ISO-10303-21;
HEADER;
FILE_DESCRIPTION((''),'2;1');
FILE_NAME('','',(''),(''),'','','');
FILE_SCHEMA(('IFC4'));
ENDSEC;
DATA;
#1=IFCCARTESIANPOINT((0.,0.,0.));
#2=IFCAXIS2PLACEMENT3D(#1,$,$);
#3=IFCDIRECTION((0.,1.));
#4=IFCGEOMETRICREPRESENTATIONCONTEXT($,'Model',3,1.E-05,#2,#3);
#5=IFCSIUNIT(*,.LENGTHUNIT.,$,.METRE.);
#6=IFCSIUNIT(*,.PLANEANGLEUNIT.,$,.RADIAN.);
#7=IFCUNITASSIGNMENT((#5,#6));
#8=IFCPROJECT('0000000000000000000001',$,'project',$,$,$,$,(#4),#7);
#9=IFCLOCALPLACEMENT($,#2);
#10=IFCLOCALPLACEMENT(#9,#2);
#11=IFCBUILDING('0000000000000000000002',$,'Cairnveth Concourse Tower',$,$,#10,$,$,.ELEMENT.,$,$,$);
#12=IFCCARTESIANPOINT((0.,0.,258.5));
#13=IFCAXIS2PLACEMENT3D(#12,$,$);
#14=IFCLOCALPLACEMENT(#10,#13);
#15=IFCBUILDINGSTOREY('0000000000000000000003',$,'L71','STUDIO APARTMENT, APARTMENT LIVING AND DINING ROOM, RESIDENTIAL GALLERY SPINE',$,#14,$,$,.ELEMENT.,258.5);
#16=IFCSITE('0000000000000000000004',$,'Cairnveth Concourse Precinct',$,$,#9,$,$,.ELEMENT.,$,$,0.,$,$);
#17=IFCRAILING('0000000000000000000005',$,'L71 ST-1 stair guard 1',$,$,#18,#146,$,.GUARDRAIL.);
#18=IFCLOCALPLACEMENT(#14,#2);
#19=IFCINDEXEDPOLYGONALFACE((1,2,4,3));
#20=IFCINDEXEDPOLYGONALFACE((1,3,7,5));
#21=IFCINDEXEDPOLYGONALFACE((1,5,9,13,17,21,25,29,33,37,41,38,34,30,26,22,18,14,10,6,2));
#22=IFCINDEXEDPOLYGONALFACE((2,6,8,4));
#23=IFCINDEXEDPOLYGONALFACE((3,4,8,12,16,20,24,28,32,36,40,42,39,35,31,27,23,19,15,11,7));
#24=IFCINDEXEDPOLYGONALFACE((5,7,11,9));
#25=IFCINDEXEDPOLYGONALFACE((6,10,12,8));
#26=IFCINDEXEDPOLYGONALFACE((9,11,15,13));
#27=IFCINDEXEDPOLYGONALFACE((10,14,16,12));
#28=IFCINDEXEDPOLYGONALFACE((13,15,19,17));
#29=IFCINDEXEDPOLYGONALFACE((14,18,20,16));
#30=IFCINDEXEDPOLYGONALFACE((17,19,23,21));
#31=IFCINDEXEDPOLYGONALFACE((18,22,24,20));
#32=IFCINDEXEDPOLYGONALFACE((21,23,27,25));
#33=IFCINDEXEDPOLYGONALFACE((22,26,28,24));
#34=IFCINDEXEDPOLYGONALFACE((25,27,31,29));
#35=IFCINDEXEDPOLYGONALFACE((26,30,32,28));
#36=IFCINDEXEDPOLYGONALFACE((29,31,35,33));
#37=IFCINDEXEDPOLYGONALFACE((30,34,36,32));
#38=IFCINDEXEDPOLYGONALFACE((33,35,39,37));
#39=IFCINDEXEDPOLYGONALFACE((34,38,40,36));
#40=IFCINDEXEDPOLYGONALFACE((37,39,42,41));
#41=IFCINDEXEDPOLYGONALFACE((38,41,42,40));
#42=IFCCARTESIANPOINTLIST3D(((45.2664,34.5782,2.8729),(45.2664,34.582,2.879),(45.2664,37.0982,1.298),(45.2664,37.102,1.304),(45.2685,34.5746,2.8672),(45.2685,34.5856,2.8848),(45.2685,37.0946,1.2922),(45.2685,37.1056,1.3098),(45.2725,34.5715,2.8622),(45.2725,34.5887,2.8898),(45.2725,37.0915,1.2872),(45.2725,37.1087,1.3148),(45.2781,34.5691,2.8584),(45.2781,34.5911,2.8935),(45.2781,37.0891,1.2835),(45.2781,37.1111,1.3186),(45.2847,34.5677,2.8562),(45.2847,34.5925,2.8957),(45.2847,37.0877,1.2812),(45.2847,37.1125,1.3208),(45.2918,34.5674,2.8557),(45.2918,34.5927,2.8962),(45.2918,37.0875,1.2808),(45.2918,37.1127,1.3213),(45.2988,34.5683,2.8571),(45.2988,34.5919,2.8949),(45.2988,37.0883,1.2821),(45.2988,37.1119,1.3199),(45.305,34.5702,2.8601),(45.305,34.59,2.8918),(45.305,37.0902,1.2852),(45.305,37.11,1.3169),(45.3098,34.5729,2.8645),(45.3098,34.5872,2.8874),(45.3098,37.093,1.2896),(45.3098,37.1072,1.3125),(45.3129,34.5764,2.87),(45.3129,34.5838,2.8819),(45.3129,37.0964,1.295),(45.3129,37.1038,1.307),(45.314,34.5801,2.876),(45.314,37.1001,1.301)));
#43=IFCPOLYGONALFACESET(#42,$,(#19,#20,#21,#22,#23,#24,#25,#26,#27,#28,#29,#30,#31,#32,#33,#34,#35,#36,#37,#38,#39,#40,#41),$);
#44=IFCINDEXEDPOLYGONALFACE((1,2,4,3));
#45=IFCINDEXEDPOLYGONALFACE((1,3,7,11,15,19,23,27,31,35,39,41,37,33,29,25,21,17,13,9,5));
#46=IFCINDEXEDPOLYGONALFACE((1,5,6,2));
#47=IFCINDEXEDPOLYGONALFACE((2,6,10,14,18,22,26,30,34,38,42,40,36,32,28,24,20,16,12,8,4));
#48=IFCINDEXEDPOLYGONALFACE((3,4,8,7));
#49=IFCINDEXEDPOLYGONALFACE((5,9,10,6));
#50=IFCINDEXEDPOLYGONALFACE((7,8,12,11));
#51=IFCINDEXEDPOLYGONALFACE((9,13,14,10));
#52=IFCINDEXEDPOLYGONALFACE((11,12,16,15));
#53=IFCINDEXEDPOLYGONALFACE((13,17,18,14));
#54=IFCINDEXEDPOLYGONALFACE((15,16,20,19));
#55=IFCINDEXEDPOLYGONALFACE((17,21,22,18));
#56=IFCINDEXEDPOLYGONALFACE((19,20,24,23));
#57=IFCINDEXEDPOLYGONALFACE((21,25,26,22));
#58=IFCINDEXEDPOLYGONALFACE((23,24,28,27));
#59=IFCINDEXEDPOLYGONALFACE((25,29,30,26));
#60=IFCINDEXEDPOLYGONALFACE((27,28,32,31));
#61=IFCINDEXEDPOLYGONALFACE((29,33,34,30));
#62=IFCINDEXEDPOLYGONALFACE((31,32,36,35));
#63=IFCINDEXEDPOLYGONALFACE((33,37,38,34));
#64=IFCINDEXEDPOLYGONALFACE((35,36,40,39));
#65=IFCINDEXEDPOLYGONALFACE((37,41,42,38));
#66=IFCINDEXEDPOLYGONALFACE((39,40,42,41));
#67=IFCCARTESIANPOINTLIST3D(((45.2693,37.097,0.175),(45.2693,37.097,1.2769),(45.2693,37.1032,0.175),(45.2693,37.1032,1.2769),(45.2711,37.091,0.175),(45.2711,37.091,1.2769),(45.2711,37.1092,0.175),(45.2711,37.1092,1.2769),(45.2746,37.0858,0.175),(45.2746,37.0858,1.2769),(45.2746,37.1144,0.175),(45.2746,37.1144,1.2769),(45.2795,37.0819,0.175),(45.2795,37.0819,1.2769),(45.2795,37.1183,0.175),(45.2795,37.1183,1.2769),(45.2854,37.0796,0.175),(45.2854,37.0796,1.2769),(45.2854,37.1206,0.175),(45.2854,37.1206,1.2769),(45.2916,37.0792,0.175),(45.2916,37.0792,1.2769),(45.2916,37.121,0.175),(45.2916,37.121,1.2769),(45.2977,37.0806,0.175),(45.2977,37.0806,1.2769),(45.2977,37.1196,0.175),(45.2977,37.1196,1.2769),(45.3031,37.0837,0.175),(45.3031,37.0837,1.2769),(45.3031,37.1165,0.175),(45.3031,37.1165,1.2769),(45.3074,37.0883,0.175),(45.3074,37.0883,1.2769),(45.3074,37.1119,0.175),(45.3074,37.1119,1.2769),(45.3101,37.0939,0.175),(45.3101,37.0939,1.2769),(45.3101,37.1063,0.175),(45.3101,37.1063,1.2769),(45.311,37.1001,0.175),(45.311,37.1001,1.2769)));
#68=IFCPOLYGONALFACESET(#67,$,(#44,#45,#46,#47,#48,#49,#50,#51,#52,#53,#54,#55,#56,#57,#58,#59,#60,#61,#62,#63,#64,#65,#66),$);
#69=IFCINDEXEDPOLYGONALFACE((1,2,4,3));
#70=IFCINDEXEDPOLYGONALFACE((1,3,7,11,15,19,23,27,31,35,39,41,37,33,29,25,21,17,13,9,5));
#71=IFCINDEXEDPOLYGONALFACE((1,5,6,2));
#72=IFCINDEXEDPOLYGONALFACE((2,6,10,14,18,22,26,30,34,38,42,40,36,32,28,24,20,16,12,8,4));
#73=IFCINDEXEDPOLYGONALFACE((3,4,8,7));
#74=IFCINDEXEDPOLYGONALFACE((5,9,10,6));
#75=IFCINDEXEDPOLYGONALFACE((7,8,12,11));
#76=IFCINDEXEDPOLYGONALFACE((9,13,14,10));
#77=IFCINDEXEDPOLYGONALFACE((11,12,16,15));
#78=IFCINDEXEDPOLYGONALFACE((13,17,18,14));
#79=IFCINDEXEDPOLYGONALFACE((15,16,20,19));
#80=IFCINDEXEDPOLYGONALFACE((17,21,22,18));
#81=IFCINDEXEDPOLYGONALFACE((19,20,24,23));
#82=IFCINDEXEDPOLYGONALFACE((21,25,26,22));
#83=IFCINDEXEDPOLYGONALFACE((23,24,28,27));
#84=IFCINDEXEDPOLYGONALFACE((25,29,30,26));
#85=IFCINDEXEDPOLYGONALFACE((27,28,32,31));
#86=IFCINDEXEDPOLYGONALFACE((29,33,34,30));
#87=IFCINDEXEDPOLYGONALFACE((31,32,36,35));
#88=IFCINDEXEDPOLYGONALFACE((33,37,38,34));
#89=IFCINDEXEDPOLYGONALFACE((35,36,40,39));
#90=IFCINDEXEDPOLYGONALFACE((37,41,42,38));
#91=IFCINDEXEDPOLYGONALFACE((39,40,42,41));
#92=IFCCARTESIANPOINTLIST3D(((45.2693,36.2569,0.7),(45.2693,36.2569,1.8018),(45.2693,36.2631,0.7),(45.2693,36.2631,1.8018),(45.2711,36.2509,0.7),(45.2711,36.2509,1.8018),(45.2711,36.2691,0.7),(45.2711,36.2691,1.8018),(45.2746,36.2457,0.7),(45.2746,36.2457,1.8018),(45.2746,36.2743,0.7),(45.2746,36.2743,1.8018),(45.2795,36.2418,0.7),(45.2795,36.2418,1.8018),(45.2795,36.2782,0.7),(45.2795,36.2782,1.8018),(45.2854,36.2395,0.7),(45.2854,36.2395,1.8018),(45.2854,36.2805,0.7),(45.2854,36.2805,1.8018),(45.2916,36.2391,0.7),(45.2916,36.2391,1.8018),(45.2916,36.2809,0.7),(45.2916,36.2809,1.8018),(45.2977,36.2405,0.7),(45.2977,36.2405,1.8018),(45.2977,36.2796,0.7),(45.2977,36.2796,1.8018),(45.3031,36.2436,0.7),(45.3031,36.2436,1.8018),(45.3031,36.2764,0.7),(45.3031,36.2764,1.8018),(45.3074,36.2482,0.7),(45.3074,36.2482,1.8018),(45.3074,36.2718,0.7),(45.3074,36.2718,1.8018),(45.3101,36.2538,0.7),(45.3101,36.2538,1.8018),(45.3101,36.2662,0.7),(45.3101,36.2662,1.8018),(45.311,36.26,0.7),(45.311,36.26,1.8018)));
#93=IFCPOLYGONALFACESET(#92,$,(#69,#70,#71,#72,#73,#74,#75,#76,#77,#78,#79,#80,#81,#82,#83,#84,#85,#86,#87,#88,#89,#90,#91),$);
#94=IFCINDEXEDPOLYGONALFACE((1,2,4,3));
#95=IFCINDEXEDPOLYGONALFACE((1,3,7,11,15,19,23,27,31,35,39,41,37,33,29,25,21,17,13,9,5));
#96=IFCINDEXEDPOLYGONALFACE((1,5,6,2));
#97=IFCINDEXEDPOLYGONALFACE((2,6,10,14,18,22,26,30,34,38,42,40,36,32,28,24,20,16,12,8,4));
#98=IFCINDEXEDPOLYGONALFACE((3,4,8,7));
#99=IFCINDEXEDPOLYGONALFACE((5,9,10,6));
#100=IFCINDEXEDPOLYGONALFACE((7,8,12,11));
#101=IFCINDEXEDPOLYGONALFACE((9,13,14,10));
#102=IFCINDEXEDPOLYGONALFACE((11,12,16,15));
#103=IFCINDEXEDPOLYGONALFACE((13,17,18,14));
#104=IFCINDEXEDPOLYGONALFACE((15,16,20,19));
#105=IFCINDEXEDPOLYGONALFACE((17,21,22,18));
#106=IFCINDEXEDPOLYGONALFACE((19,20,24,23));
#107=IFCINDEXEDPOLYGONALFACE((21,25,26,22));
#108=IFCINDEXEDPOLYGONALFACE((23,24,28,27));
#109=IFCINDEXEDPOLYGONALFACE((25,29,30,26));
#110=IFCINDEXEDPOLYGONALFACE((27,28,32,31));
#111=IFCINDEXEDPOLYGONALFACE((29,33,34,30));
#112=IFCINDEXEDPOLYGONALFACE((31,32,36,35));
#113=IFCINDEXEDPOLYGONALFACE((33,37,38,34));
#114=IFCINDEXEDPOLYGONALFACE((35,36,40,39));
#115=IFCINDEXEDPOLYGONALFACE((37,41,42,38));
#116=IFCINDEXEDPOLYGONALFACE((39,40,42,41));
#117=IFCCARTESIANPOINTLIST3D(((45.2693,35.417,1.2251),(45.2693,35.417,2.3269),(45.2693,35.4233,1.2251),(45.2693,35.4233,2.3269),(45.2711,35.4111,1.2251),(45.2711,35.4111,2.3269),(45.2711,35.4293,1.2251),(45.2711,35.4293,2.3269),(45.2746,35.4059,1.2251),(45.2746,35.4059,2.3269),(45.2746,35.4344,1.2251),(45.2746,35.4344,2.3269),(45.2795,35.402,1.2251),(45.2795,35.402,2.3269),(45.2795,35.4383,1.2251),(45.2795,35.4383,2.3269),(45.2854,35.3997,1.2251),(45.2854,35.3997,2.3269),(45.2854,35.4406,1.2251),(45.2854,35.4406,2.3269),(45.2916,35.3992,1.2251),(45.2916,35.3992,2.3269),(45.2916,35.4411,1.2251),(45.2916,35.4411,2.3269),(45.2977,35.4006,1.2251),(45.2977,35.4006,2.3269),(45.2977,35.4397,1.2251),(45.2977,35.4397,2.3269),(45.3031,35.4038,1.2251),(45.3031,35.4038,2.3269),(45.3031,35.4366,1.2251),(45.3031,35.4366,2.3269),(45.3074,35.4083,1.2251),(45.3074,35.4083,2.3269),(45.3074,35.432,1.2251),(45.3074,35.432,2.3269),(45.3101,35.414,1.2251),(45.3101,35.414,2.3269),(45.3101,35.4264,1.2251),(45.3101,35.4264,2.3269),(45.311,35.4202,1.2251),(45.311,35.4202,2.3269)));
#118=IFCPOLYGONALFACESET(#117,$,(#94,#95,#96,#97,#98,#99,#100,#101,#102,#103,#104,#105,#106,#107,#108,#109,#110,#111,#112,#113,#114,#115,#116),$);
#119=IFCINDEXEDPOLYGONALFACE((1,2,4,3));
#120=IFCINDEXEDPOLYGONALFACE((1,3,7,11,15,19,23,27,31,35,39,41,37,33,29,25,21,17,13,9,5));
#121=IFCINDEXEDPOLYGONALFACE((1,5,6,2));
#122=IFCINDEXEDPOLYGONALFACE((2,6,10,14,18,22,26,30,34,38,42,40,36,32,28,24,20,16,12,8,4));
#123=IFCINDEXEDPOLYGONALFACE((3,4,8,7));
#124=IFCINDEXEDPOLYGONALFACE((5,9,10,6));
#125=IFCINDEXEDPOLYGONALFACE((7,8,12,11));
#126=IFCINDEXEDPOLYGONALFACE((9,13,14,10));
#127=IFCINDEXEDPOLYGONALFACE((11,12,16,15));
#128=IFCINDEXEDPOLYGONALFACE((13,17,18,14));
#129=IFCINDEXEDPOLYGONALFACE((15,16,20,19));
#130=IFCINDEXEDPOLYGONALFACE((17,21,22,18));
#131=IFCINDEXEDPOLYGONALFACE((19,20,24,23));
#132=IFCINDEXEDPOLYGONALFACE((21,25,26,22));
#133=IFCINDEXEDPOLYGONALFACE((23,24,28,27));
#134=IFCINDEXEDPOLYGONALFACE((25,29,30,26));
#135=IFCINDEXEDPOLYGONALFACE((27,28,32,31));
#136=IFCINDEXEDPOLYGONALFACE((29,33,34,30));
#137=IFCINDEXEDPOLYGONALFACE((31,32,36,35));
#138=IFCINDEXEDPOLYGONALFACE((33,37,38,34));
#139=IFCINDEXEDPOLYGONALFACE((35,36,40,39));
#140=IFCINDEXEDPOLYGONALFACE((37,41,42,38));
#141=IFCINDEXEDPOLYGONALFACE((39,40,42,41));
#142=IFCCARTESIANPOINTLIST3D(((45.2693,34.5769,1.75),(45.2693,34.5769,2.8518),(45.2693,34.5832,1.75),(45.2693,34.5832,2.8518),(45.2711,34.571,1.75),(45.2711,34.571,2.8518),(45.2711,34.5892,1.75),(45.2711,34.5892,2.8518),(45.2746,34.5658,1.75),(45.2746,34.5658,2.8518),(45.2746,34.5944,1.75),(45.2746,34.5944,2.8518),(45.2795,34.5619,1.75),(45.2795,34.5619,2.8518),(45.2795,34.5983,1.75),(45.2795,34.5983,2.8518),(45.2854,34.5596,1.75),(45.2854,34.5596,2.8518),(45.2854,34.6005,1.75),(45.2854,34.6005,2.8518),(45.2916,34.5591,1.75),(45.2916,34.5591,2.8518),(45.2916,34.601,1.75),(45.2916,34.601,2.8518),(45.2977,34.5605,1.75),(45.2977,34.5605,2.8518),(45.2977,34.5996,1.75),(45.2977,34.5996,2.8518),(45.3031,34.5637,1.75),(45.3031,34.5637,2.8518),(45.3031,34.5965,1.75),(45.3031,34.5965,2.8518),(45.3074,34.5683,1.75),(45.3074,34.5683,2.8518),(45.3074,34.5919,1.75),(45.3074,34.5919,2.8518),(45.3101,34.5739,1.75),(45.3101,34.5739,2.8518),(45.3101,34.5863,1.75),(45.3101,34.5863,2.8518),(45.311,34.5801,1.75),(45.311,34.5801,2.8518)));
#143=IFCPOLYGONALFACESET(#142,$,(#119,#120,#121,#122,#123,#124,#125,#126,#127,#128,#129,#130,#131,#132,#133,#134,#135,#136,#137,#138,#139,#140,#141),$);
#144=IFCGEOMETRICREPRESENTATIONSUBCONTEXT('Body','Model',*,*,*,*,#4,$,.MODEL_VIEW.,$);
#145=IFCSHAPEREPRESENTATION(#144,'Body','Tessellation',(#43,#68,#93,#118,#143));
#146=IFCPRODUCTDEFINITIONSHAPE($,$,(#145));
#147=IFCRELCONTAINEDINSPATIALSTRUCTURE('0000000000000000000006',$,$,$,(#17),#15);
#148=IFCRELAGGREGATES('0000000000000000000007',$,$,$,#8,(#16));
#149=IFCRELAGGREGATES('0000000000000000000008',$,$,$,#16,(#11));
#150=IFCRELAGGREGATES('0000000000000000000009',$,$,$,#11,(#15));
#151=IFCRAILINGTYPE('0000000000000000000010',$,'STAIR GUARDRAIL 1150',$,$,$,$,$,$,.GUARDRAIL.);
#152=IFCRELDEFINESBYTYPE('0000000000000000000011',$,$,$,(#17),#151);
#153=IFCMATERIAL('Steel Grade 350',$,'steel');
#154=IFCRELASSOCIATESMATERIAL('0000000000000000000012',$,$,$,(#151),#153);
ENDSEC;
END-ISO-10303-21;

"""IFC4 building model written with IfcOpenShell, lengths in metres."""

from ifc_helpers import new_model, si_unit, direction, frame, origin, origin_2d, place, context, subcontext, project, spatial, circle, extrude, material, type_object, element, save


model = new_model("IFC4")

# Units and contexts
model_context = context("Model", 3, precision=1e-05, world=origin(), true_north=direction((0.0, 1.0)))
body_context = subcontext(model_context, "Body", "Model", "MODEL_VIEW")
ifc_project = project(units=[si_unit("LENGTHUNIT", "METRE"), si_unit("PLANEANGLEUNIT", "RADIAN")], contexts=[model_context])

# Site, building, storey
site_placement = place(None, origin())
site = spatial("IfcSite", under=ifc_project, at=site_placement, Name="Cairnveth Concourse Precinct", CompositionType="ELEMENT", RefElevation=0.0)
building_placement = place(site_placement, origin())
building = spatial("IfcBuilding", under=site, at=building_placement, Name="Cairnveth Concourse Tower", CompositionType="ELEMENT")
storey_placement = place(building_placement, frame((0.0, 0.0, 258.5)))
storey = spatial("IfcBuildingStorey", under=building, at=storey_placement, Name="L71", Description="STUDIO APARTMENT, APARTMENT LIVING AND DINING ROOM, RESIDENTIAL GALLERY SPINE", CompositionType="ELEMENT", Elevation=258.5)

# Shared definitions
ifc_material_1 = material(Name="Steel Grade 350", Category="steel")

# Railing
railing_type_1 = type_object("IfcRailingType", Name="STAIR GUARDRAIL 1150", PredefinedType="GUARDRAIL", material=ifc_material_1)
railing_1_placement = place(storey_placement, frame((45.29, 37.1001, 0.175)))
element("IfcRailing", 1, at=railing_1_placement, inside=storey, type_object=railing_type_1, Name="L71 ST-1 stair guard 1", PredefinedType="GUARDRAIL", context=body_context, shape_type="SweptSolid", body=[
    extrude(circle(Radius=0.0239, at=origin_2d()), frame((0.0, 0.0, 1.126), z_axis=(0.0, -0.848008, 0.529984), x_axis=(1.0, 0.0, 0.0)), (0.0, 0.0, 1.0), 2.9717),
    extrude(circle(Radius=0.021, at=origin_2d()), origin(), (0.0, 0.0, 1.0), 1.1018),
    extrude(circle(Radius=0.021, at=origin_2d()), frame((0.0, -0.8401, 0.5249)), (0.0, 0.0, 1.0), 1.1018),
    extrude(circle(Radius=0.021, at=origin_2d()), frame((0.0, -1.6799, 1.05)), (0.0, 0.0, 1.0), 1.1018),
    extrude(circle(Radius=0.021, at=origin_2d()), frame((0.0, -2.52, 1.575)), (0.0, 0.0, 1.0), 1.1018),
])

save(model, "model.ifc")
